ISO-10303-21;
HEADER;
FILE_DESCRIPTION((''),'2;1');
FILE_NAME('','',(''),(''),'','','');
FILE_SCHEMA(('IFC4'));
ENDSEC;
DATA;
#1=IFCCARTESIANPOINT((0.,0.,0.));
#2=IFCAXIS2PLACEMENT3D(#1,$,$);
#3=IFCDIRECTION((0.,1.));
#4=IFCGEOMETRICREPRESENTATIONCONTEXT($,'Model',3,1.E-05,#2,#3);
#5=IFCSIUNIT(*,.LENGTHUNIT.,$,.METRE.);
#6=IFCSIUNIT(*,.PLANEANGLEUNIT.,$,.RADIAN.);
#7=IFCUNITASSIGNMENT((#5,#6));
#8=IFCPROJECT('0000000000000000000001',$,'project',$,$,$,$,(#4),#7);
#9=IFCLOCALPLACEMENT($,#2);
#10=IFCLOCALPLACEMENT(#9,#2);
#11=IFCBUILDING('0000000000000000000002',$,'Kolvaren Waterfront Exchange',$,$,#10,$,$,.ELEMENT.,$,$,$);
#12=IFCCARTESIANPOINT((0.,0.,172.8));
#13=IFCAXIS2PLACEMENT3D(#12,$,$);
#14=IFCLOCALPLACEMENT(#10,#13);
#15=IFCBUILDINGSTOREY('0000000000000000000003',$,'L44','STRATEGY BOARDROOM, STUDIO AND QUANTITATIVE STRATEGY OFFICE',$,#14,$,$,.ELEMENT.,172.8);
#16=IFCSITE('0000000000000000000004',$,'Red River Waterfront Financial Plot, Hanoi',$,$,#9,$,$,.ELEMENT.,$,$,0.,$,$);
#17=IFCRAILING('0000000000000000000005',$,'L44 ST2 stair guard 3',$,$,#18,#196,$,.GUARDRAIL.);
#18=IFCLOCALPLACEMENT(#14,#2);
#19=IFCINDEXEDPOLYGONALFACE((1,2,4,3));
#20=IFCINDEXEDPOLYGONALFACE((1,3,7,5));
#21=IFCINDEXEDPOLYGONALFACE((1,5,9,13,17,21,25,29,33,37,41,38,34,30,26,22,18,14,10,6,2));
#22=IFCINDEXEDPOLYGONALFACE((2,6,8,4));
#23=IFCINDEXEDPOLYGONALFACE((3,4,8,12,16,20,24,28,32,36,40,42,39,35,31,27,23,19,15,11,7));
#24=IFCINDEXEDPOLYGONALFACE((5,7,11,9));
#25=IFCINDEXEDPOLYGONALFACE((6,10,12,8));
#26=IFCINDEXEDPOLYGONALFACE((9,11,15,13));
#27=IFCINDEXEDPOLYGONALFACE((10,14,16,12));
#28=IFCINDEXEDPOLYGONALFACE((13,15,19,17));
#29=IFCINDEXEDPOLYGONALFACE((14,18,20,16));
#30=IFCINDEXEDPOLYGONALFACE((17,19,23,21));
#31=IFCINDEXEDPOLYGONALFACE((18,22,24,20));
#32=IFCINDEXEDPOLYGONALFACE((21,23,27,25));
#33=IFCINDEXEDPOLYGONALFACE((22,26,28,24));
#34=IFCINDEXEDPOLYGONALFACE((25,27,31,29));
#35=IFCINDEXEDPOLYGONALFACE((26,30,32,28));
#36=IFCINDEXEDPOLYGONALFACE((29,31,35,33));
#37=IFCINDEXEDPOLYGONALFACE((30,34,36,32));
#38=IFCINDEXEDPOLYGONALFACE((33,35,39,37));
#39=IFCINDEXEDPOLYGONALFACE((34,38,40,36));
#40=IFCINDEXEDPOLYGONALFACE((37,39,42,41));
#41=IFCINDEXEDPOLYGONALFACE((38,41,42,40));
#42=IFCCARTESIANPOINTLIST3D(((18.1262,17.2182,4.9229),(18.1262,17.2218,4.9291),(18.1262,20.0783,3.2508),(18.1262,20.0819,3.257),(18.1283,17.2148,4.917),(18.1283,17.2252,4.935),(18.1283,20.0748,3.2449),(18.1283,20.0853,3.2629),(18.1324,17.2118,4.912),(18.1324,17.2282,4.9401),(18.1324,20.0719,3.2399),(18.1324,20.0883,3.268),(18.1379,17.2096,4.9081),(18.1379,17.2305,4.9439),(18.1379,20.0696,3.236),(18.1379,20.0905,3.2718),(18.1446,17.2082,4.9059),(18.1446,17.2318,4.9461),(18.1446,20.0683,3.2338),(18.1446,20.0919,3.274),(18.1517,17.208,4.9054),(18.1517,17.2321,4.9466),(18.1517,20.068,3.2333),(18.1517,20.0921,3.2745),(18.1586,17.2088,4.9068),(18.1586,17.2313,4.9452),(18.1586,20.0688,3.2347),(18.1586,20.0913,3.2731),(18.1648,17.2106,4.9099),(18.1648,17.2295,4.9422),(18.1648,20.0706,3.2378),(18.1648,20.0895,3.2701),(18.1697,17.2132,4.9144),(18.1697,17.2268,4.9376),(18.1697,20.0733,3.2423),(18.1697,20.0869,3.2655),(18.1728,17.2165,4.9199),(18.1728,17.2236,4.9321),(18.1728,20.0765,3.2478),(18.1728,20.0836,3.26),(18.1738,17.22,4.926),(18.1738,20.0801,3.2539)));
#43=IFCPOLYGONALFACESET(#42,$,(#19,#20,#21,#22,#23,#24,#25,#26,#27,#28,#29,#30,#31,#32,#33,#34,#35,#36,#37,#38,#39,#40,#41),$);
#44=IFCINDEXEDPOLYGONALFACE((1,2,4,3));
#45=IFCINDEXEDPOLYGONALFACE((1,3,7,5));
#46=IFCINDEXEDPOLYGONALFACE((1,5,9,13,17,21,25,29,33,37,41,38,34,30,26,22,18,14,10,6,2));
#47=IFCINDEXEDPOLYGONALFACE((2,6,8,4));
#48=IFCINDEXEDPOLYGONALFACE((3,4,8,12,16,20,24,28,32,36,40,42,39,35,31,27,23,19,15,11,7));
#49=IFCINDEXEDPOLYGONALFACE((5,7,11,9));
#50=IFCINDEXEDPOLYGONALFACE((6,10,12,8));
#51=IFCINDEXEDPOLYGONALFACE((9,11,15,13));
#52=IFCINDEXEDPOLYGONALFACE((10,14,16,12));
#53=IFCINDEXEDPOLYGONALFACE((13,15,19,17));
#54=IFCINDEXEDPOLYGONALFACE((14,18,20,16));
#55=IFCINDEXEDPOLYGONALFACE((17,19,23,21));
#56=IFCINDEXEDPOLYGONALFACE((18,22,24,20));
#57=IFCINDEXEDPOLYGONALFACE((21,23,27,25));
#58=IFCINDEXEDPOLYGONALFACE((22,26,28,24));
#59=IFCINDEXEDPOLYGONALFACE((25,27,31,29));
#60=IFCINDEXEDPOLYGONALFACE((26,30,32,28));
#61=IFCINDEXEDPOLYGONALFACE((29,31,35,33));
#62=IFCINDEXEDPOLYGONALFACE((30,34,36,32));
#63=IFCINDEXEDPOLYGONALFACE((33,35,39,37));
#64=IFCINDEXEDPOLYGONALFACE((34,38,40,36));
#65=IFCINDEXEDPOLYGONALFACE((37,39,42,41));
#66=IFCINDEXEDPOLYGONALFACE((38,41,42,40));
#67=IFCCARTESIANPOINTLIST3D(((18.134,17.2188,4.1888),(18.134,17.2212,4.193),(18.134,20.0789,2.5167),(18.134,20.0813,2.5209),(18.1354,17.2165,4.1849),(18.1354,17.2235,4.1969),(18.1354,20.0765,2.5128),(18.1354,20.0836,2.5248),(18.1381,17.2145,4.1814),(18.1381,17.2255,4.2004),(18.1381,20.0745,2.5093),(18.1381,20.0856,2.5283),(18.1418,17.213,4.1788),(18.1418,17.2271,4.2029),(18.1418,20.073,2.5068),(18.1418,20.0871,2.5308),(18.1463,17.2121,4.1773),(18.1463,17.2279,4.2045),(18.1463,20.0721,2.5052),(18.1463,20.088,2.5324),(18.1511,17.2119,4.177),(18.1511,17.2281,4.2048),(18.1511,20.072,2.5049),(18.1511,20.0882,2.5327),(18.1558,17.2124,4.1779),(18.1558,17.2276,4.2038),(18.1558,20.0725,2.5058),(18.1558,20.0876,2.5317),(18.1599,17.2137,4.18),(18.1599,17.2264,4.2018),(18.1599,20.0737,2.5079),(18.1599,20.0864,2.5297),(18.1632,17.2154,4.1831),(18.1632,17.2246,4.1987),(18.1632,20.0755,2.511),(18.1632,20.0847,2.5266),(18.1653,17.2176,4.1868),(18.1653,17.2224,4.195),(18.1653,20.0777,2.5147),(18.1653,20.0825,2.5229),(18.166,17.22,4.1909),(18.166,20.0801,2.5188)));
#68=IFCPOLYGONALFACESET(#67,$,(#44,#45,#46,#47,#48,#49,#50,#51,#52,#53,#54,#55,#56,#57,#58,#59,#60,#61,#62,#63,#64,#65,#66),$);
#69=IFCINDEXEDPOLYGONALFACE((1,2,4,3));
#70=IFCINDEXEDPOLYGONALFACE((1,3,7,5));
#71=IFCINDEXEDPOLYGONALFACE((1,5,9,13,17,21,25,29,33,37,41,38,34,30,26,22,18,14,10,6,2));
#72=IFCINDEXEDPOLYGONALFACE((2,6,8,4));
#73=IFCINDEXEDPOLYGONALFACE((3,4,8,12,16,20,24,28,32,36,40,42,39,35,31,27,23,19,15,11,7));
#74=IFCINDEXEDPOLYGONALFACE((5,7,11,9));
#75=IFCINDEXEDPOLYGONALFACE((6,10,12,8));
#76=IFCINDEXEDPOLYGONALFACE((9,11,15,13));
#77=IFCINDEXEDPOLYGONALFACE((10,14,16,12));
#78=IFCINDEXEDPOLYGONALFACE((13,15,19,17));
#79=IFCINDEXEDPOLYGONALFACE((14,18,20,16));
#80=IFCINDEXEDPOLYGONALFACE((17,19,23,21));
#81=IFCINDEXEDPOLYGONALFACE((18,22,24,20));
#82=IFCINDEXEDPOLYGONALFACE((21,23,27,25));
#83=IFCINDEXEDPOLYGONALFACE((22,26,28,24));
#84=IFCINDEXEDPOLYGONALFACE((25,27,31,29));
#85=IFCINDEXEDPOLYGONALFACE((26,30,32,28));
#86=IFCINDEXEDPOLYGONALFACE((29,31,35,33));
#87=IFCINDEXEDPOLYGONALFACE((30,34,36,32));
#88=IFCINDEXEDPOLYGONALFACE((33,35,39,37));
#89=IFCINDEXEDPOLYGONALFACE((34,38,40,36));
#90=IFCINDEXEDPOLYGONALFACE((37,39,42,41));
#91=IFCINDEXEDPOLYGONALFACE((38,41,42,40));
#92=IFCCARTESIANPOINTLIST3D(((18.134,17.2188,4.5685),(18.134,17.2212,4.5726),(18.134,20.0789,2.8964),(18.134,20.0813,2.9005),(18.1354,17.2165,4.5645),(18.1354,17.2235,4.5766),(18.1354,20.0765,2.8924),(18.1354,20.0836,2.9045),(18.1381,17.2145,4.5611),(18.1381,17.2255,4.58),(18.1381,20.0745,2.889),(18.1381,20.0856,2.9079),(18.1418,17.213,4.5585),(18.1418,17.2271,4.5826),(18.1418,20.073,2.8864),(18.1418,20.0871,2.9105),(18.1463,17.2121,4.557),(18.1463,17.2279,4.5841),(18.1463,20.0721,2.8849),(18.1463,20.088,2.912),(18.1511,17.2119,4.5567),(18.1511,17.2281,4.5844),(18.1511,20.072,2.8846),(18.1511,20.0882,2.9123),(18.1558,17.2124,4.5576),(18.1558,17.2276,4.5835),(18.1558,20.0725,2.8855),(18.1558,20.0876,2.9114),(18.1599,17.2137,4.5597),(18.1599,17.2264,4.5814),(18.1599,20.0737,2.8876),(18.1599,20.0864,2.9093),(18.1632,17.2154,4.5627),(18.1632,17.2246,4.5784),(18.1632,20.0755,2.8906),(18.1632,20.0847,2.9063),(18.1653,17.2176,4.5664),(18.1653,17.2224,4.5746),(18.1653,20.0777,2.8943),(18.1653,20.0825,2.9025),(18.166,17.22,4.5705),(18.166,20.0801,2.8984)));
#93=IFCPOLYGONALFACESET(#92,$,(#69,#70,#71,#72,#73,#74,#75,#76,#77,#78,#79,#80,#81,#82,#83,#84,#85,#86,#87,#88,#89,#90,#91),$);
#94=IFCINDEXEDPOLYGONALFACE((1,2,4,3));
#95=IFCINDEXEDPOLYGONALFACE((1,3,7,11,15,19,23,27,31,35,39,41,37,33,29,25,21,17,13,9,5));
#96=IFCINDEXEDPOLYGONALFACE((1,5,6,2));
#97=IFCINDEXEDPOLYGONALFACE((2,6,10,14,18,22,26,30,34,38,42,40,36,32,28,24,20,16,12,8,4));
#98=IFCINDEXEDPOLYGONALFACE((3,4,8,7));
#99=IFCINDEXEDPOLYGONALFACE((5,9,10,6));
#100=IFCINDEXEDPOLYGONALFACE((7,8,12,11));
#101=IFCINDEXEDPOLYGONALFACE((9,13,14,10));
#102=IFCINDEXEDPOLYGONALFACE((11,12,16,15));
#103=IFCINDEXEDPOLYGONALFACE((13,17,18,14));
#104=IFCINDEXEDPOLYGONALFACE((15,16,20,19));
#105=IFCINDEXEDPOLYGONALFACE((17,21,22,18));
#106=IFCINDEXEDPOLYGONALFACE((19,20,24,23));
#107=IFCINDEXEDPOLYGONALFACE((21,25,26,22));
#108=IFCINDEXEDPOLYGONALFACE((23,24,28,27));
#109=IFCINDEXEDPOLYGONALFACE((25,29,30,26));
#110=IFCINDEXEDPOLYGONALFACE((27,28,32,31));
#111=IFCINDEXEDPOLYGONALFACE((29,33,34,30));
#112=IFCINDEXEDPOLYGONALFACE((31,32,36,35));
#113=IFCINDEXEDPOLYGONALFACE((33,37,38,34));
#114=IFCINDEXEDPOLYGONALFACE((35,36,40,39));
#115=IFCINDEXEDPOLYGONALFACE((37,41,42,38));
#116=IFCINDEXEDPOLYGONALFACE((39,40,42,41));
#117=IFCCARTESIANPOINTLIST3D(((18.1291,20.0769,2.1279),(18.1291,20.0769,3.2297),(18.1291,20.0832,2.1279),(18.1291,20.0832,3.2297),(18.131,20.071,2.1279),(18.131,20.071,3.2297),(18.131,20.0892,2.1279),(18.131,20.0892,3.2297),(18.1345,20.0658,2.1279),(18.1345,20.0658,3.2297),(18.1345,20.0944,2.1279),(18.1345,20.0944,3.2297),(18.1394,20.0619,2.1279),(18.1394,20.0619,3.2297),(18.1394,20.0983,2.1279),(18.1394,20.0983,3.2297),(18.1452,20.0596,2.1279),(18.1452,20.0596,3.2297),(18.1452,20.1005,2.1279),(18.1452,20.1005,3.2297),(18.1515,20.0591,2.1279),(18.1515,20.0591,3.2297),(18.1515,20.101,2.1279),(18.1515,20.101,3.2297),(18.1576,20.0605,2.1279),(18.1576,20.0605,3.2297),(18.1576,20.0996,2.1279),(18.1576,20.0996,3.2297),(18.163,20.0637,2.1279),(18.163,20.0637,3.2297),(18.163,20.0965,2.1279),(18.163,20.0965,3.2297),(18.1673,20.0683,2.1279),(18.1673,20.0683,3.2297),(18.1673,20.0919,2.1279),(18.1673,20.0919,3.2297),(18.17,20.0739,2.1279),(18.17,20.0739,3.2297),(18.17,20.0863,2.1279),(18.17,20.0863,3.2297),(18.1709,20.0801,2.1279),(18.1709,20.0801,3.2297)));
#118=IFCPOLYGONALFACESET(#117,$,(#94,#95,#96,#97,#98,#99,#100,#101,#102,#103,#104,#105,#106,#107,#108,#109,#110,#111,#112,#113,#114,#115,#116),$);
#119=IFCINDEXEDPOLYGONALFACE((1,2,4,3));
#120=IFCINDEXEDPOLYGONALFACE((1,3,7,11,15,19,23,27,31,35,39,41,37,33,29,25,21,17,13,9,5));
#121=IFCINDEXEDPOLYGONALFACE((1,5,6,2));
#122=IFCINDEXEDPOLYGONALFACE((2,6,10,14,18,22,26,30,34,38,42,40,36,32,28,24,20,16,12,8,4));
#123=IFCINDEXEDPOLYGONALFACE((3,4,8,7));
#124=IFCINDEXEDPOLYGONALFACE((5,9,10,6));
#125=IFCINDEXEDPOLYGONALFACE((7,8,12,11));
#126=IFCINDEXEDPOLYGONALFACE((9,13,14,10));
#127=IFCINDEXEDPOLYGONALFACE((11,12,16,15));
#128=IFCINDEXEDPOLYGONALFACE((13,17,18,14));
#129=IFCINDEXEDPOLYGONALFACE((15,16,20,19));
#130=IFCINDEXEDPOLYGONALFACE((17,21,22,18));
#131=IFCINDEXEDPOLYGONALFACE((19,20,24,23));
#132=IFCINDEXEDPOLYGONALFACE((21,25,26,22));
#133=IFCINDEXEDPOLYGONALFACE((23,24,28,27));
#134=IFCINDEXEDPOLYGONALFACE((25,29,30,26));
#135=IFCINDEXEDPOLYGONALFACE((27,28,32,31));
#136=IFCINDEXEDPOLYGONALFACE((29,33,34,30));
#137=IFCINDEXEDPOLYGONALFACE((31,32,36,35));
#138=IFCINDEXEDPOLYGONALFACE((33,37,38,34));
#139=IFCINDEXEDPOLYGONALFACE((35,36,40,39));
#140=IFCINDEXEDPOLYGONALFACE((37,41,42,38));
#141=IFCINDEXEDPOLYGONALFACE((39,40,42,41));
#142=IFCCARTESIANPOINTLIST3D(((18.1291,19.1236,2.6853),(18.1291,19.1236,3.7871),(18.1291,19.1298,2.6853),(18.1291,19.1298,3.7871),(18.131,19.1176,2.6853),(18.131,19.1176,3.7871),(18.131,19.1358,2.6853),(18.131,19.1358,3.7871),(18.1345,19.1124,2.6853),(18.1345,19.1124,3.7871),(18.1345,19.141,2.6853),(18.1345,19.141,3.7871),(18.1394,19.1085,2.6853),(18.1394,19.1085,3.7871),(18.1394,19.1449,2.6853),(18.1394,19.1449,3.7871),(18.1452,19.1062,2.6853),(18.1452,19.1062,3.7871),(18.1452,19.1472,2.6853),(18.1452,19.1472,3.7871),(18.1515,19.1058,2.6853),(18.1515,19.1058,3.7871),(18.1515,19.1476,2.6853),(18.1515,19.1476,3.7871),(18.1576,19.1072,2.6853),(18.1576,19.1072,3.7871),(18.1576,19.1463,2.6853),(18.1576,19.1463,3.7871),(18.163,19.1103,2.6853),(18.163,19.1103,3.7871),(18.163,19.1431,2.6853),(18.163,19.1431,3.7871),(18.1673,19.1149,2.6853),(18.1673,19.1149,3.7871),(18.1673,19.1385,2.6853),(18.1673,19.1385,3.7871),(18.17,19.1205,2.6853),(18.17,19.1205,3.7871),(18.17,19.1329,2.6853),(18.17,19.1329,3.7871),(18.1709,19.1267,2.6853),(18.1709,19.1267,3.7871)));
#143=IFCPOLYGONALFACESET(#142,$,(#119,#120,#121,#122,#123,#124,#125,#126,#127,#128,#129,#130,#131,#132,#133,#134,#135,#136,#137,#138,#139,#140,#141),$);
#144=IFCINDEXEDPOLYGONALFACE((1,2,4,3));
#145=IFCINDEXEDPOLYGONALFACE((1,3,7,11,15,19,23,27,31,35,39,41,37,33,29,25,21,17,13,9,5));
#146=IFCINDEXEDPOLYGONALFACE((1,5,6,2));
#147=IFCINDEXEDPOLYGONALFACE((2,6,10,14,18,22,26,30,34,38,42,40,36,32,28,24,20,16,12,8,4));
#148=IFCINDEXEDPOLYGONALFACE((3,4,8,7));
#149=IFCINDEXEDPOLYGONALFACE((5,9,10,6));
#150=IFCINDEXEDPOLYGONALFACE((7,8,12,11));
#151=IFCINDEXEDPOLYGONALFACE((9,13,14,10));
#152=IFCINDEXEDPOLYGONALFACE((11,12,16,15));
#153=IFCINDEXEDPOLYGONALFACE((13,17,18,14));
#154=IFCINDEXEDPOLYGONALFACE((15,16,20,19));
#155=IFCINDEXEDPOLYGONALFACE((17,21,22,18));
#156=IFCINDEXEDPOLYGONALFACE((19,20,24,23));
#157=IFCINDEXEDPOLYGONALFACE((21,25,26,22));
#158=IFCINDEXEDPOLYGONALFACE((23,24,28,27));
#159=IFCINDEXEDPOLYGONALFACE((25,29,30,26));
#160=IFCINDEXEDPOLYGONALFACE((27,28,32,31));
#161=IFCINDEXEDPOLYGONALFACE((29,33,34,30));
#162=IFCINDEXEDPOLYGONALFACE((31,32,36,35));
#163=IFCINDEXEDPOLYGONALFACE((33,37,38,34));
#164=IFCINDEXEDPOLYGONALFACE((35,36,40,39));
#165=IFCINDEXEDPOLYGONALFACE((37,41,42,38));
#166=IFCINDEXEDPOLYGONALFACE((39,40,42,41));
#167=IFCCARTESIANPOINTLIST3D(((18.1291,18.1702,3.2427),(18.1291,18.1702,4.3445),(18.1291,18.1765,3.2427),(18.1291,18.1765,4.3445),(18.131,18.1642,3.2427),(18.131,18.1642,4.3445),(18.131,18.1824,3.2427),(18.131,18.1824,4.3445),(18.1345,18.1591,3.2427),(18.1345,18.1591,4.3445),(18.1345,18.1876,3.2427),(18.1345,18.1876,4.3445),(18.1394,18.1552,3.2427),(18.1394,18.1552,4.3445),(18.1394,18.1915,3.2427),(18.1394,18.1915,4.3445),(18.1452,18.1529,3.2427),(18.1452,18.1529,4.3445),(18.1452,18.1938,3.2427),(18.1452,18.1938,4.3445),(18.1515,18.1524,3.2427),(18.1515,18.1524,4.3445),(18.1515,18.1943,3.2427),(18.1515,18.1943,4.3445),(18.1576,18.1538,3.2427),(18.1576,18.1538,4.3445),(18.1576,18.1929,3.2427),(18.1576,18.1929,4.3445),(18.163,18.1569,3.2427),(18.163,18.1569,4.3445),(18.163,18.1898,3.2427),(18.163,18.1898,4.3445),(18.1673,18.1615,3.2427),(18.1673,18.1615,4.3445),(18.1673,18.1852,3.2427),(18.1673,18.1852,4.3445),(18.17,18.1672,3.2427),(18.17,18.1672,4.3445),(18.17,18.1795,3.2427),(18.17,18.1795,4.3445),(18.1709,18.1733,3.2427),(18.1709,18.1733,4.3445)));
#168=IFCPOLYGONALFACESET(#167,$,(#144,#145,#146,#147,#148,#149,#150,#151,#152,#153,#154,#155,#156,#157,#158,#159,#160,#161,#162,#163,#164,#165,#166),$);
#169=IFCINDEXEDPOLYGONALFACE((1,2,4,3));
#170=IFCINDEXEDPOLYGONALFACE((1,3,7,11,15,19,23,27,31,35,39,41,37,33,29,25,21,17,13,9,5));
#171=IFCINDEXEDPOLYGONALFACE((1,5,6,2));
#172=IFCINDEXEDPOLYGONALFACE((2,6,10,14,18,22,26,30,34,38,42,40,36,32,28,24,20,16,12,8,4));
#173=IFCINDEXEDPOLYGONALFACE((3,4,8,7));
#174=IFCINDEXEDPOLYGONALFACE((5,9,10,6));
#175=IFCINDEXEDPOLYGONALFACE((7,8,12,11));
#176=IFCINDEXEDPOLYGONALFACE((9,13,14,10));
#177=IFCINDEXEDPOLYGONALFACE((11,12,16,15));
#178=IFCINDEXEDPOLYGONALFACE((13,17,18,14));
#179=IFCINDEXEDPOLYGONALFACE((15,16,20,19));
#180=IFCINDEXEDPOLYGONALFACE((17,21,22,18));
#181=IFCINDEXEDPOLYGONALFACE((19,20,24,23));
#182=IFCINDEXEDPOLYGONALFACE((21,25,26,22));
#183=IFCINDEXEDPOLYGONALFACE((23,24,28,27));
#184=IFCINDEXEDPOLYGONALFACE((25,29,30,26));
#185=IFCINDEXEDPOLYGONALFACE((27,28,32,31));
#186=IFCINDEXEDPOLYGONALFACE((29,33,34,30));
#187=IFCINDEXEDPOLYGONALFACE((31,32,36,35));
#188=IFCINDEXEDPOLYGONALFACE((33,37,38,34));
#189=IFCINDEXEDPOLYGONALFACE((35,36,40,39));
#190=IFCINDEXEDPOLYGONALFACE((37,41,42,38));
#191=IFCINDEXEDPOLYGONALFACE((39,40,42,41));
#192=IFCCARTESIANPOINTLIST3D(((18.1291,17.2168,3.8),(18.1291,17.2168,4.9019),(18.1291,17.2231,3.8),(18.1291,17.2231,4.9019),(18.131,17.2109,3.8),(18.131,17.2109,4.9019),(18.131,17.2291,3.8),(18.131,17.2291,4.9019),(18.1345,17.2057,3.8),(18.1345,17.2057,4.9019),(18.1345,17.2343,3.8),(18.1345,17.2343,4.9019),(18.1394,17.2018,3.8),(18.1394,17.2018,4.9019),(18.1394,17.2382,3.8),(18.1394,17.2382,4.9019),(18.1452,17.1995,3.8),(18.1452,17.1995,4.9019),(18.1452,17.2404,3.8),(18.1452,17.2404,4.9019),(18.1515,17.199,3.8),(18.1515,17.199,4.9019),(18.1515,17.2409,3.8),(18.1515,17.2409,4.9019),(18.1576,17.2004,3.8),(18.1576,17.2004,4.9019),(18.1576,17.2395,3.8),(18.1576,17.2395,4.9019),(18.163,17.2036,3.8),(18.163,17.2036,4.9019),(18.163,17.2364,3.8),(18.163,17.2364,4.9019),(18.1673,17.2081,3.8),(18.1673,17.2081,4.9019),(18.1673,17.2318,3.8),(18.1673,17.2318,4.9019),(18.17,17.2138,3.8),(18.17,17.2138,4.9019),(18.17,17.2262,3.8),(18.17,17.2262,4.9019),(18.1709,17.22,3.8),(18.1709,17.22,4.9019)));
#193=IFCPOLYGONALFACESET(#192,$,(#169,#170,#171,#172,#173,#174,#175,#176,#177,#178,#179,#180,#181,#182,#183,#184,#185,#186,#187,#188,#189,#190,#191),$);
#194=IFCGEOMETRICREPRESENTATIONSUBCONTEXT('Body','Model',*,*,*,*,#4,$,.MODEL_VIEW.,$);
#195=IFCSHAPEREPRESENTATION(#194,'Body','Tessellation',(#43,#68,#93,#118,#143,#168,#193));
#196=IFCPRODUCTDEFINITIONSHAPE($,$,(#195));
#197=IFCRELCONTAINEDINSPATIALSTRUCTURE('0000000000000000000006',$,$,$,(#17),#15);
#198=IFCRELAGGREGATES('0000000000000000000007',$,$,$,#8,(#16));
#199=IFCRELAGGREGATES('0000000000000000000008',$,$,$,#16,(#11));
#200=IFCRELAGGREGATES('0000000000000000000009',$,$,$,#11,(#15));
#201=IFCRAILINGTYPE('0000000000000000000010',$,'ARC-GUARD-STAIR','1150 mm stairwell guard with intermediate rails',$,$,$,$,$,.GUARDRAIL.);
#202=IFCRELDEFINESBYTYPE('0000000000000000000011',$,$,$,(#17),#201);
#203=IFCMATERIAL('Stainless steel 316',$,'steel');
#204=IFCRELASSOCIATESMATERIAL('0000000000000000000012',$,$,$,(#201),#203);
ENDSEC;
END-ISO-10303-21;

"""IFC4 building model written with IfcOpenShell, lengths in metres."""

from ifc_helpers import new_model, si_unit, direction, frame, origin, origin_2d, place, context, subcontext, project, spatial, circle, extrude, material, type_object, element, save


model = new_model("IFC4")

# Units and contexts
model_context = context("Model", 3, precision=1e-05, world=origin(), true_north=direction((0.0, 1.0)))
body_context = subcontext(model_context, "Body", "Model", "MODEL_VIEW")
ifc_project = project(units=[si_unit("LENGTHUNIT", "METRE"), si_unit("PLANEANGLEUNIT", "RADIAN")], contexts=[model_context])

# Site, building, storey
site_placement = place(None, origin())
site = spatial("IfcSite", under=ifc_project, at=site_placement, Name="Red River Waterfront Financial Plot, Hanoi", CompositionType="ELEMENT", RefElevation=0.0)
building_placement = place(site_placement, origin())
building = spatial("IfcBuilding", under=site, at=building_placement, Name="Kolvaren Waterfront Exchange", CompositionType="ELEMENT")
storey_placement = place(building_placement, frame((0.0, 0.0, 172.8)))
storey = spatial("IfcBuildingStorey", under=building, at=storey_placement, Name="L44", Description="STRATEGY BOARDROOM, STUDIO AND QUANTITATIVE STRATEGY OFFICE", CompositionType="ELEMENT", Elevation=172.8)

# Railing
ifc_material_1 = material(Name="Stainless steel 316", Category="steel")
railing_type = type_object("IfcRailingType", Name="ARC-GUARD-STAIR", Description="1150 mm stairwell guard with intermediate rails", PredefinedType="GUARDRAIL", material=ifc_material_1)
railing_1_placement = place(storey_placement, frame((18.1499, 20.0801, 2.1279)))
element("IfcRailing", 1, at=railing_1_placement, inside=storey, type_object=railing_type, Name="L44 ST2 stair guard 3", PredefinedType="GUARDRAIL", context=body_context, shape_type="SweptSolid", body=[
    extrude(circle(Radius=0.0239, at=origin_2d()), frame((0.0, 0.0, 1.126), z_axis=(0.0, -0.863289, 0.504709), x_axis=(1.0, 0.0, 0.0)), (0.0, 0.0, 1.0), 3.313),
    extrude(circle(Radius=0.0161, at=origin_2d()), frame((0.0, 0.0, 0.3909), z_axis=(0.0, -0.863289, 0.504709), x_axis=(1.0, 0.0, 0.0)), (0.0, 0.0, 1.0), 3.313),
    extrude(circle(Radius=0.0161, at=origin_2d()), frame((0.0, 0.0, 0.7705), z_axis=(0.0, -0.863289, 0.504709), x_axis=(1.0, 0.0, 0.0)), (0.0, 0.0, 1.0), 3.313),
    extrude(circle(Radius=0.021, at=origin_2d()), origin(), (0.0, 0.0, 1.0), 1.1018),
    extrude(circle(Radius=0.021, at=origin_2d()), frame((0.0, -0.9534, 0.5574)), (0.0, 0.0, 1.0), 1.1018),
    extrude(circle(Radius=0.021, at=origin_2d()), frame((0.0, -1.9067, 1.1147)), (0.0, 0.0, 1.0), 1.1018),
    extrude(circle(Radius=0.021, at=origin_2d()), frame((0.0, -2.8601, 1.6721)), (0.0, 0.0, 1.0), 1.1018),
])

save(model, "model.ifc")
